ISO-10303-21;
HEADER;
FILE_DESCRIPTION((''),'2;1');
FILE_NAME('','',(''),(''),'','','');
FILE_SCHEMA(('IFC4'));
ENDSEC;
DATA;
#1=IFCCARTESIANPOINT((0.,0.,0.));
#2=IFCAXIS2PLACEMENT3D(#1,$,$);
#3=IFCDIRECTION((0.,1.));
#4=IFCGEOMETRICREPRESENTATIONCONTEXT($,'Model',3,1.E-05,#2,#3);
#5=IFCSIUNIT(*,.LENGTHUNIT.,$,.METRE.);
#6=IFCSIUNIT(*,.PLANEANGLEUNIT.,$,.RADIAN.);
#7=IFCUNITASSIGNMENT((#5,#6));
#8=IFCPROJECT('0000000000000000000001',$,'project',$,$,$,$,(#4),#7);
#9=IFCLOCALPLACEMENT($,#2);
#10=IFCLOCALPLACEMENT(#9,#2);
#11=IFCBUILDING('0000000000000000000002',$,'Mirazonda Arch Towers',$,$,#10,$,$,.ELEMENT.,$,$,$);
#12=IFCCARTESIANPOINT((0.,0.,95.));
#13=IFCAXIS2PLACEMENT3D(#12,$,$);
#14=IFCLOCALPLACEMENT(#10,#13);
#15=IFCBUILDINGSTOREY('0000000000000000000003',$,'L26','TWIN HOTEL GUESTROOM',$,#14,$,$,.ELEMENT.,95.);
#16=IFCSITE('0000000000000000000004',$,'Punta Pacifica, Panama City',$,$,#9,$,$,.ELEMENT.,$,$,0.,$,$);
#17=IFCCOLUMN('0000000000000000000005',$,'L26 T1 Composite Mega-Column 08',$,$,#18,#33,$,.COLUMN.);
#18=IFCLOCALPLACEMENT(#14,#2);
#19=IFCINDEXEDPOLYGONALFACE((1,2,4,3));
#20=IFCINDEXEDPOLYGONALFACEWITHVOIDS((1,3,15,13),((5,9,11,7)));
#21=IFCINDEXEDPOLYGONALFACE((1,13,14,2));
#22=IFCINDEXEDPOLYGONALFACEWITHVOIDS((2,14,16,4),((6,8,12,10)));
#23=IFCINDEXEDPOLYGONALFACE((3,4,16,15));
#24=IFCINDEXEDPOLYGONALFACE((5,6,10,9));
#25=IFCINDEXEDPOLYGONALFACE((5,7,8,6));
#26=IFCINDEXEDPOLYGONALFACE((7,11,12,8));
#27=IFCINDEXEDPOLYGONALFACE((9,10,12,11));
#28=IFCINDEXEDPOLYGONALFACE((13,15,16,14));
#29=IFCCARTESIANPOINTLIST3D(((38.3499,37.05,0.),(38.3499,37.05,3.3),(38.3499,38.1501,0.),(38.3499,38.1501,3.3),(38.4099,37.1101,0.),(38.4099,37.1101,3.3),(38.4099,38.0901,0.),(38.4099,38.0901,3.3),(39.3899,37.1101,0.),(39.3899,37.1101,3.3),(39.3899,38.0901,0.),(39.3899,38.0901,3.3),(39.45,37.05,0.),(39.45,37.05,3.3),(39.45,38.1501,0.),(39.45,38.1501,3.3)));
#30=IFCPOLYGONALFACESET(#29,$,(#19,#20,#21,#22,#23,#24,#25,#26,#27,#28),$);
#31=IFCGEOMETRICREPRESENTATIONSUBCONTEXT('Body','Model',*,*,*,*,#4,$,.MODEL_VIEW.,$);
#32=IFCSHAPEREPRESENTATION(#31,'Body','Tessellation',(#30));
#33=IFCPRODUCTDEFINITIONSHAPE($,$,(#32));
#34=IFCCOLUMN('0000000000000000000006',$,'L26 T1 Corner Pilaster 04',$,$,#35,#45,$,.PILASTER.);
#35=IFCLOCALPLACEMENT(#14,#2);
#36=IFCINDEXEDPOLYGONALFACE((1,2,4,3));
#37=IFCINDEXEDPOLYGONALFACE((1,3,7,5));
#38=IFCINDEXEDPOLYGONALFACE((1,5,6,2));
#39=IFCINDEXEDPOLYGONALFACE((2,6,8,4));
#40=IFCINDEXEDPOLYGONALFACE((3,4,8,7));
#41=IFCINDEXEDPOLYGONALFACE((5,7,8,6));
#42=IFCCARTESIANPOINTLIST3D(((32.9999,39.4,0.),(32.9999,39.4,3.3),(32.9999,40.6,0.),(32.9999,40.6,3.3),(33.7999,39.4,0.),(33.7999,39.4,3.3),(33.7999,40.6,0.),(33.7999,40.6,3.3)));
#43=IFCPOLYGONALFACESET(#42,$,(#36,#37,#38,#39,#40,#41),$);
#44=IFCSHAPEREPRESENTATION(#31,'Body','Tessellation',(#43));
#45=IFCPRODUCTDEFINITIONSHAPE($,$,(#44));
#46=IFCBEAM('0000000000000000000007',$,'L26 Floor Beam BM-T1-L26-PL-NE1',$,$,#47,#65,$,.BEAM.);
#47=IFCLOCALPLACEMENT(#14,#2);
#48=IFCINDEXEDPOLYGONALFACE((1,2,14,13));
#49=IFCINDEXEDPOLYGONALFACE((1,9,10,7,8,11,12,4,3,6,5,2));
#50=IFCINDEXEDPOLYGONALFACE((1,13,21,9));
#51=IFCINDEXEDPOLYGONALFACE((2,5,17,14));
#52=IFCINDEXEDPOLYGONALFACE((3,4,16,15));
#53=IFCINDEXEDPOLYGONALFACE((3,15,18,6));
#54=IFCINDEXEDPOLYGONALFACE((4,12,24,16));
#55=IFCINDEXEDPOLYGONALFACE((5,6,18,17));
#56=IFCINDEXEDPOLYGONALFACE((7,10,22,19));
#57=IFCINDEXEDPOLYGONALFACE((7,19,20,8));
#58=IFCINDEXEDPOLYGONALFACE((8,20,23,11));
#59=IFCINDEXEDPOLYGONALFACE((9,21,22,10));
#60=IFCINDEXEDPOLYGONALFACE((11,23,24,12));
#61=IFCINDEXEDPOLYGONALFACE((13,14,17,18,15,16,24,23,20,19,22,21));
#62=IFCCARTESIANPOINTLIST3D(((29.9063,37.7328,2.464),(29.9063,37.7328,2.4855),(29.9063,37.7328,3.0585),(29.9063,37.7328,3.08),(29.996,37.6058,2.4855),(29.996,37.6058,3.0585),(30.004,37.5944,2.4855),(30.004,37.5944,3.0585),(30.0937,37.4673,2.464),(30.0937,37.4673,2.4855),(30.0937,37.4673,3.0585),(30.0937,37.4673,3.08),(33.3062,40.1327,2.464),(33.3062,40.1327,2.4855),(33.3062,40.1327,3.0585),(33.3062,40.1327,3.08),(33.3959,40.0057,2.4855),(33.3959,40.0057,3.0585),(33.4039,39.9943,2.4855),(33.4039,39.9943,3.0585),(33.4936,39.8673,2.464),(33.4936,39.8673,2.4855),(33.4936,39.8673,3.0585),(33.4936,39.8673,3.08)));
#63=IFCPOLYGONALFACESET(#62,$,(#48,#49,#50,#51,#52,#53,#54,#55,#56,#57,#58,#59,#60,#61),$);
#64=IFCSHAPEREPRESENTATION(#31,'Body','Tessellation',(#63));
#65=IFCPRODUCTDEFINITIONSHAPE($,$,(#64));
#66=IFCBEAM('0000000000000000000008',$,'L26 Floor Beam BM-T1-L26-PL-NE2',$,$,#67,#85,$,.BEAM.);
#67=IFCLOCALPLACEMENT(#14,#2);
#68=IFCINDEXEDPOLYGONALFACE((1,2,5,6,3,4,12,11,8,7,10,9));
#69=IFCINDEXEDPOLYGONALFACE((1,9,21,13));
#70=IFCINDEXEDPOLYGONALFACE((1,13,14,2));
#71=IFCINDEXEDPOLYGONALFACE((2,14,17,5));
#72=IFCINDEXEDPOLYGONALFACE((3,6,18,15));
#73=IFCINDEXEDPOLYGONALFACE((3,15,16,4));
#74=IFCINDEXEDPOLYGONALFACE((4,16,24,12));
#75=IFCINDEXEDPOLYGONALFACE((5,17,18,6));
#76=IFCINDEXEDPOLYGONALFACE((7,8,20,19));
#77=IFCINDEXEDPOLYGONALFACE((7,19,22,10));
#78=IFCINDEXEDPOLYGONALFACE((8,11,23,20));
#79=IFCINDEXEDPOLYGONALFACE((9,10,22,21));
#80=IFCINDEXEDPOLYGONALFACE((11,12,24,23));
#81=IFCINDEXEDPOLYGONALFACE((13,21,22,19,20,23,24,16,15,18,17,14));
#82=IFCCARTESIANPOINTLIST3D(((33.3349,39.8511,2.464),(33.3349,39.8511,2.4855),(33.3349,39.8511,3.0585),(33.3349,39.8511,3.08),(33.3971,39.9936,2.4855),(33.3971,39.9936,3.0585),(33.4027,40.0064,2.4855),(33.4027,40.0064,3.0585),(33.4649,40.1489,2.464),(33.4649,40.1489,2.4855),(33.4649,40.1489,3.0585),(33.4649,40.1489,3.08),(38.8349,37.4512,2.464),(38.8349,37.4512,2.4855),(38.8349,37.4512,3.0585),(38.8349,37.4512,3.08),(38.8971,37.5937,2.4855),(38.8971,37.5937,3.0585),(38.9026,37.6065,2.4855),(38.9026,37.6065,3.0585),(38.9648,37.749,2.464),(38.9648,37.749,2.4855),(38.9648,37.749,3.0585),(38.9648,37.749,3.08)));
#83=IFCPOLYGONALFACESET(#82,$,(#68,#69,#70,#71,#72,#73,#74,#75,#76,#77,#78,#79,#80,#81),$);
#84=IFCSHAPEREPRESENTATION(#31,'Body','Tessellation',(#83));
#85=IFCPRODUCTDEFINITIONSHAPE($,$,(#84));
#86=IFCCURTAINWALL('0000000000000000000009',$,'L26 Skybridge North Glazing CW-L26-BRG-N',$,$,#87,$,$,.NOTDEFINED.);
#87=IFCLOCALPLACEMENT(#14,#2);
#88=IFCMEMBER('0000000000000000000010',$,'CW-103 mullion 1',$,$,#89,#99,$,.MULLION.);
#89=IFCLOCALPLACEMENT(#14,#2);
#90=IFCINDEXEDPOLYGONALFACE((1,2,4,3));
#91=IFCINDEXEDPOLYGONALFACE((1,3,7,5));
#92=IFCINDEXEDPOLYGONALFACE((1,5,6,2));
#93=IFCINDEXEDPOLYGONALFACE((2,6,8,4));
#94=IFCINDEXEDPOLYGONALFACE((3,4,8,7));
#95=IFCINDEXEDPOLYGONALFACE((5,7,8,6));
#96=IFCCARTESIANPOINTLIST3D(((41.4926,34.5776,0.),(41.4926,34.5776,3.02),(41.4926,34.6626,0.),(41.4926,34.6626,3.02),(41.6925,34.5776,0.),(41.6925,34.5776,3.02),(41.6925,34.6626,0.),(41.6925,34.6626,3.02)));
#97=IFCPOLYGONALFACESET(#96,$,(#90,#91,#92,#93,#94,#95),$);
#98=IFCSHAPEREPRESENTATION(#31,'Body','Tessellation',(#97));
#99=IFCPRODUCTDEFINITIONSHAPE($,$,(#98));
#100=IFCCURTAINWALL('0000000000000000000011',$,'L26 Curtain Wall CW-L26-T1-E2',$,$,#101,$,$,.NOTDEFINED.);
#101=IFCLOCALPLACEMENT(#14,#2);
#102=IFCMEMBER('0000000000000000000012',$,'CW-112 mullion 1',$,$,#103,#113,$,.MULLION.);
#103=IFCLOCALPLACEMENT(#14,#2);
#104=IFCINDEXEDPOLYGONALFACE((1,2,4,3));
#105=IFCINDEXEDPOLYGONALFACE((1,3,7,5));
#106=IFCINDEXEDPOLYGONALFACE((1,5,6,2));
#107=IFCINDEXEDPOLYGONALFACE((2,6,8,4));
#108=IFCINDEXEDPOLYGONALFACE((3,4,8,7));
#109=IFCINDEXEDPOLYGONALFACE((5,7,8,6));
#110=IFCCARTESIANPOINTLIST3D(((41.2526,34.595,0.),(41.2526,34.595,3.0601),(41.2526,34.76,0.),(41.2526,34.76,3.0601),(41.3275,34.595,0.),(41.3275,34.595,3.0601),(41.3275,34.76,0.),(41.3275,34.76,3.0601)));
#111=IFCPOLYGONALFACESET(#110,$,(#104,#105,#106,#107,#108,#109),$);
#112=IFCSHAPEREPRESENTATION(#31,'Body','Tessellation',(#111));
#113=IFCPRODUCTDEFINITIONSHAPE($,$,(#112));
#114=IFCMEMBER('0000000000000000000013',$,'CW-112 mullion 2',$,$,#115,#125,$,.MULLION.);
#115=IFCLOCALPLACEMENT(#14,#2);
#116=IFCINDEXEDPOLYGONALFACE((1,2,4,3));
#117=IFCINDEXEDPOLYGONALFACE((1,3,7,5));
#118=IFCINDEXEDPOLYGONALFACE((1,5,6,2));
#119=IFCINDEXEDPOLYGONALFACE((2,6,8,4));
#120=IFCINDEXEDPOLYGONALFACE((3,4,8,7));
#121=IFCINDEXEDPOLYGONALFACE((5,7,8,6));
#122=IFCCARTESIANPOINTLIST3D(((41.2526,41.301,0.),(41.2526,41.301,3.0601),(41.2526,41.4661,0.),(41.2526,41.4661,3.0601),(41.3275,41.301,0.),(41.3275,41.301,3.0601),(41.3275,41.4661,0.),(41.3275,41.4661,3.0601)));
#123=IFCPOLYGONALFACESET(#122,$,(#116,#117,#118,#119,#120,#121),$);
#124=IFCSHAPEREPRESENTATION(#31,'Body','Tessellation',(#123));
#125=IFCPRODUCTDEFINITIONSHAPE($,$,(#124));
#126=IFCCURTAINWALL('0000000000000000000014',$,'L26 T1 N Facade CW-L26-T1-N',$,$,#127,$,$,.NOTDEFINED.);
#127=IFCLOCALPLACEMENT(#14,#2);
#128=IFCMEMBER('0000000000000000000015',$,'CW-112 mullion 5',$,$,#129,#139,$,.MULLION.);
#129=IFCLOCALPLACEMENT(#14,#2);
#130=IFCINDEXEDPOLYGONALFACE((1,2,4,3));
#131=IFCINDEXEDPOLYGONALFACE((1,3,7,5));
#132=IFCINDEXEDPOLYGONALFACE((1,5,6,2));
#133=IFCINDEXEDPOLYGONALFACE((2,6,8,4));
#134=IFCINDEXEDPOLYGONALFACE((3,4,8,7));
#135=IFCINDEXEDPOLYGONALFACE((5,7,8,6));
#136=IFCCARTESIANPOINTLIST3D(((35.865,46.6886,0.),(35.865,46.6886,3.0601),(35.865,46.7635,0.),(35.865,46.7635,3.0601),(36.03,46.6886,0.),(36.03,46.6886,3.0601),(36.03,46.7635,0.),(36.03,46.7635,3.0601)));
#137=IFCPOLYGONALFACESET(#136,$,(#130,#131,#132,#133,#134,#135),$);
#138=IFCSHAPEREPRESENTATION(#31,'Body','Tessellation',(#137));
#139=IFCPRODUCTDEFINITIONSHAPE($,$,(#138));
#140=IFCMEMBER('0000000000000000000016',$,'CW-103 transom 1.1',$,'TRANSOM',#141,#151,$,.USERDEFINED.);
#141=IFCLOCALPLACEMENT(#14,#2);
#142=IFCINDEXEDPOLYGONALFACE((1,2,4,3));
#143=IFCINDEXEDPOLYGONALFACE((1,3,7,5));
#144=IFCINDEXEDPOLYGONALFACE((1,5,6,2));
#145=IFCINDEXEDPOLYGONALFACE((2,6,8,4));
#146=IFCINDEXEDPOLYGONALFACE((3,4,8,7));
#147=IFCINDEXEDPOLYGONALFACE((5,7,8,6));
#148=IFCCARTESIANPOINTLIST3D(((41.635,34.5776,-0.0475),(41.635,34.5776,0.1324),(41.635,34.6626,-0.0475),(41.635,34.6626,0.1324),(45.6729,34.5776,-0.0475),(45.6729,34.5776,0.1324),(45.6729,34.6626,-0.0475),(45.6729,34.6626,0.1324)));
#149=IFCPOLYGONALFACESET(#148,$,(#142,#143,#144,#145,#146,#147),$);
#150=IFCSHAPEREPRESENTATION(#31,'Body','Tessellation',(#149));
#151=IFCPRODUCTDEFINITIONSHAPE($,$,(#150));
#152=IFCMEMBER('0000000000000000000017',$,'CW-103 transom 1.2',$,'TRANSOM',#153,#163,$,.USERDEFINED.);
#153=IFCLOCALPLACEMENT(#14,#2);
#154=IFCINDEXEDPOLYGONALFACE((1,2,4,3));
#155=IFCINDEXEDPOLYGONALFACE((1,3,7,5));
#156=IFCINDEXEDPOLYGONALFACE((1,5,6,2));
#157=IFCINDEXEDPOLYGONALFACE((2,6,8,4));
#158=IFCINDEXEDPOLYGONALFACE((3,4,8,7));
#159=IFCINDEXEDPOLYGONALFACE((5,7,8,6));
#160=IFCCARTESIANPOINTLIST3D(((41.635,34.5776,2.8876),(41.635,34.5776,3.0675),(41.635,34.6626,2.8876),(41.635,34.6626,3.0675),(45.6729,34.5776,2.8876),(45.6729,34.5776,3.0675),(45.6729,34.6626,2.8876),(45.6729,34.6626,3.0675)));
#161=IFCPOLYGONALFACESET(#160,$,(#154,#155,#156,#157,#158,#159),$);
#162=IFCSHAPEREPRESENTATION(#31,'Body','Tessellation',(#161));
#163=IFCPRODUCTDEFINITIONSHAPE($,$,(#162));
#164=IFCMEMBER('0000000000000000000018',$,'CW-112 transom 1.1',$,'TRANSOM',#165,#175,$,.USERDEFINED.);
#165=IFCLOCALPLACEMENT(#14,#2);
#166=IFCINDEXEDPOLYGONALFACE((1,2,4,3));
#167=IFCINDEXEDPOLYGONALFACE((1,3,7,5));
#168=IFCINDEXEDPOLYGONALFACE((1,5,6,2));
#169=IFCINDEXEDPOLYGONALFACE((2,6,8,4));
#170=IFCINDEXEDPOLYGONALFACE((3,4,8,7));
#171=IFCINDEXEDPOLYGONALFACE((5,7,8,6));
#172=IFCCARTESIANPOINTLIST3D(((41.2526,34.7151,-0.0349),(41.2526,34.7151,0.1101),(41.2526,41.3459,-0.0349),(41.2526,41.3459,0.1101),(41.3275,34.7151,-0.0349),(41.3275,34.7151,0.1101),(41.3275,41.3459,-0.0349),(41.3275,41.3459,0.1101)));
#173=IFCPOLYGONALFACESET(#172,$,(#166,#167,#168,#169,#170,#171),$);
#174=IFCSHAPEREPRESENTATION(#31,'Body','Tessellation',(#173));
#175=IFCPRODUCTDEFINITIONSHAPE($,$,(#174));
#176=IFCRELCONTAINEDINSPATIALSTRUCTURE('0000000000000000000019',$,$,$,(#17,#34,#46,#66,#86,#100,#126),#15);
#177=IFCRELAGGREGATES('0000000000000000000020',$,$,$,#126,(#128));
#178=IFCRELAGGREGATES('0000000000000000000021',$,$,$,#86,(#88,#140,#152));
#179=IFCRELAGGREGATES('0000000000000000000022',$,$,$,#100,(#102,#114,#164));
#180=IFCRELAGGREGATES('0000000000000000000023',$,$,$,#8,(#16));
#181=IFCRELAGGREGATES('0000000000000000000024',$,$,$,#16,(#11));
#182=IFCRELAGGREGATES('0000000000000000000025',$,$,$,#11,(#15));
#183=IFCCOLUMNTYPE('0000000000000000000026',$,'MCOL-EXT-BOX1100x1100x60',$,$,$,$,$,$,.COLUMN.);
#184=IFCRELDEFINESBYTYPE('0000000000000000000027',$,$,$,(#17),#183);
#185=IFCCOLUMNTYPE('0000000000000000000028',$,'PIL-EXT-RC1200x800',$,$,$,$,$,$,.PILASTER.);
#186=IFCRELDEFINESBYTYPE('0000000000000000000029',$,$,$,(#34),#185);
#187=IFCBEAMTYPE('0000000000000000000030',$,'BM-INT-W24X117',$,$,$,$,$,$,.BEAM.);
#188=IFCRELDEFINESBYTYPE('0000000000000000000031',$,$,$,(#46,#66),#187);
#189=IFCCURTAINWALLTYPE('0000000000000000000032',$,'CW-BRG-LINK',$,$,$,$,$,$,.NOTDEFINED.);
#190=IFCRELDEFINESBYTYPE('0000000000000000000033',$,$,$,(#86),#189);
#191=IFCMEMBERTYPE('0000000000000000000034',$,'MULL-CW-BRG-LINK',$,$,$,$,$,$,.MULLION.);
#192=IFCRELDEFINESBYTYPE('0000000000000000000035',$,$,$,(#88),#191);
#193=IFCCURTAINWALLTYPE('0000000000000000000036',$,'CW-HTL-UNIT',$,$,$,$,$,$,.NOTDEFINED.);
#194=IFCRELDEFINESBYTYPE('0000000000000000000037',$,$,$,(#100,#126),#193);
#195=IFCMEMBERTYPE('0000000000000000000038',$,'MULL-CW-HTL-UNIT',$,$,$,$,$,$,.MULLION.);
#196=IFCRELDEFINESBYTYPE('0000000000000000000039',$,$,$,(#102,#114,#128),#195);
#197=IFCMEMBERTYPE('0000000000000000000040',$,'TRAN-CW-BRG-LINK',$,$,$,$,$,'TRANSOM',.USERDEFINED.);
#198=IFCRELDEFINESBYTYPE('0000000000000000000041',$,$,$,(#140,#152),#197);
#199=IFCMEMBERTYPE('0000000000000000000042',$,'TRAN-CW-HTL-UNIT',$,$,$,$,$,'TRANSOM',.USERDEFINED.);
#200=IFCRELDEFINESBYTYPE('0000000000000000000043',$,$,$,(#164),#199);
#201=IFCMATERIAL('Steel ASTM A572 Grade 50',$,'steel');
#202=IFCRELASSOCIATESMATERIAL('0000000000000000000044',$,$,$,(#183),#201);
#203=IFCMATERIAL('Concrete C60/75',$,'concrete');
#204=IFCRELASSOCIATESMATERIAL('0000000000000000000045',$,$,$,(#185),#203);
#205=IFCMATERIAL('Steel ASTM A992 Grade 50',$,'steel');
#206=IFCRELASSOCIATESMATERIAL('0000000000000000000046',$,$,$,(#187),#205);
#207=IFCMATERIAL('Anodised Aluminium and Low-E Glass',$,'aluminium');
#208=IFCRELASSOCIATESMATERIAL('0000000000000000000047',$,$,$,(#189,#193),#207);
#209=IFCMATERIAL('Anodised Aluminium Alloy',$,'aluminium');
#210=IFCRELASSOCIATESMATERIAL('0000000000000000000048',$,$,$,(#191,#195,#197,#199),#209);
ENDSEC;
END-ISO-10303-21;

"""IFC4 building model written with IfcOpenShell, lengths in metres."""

from ifc_helpers import new_model, si_unit, direction, frame, origin, origin_2d, place, context, subcontext, project, spatial, rectangle, hollow_rectangle, i_section, extrude, material, material_profile, profile_set, type_object, element, aggregate, save


model = new_model("IFC4")

# Units and contexts
model_context = context("Model", 3, precision=1e-05, world=origin(), true_north=direction((0.0, 1.0)))
body_context = subcontext(model_context, "Body", "Model", "MODEL_VIEW")
ifc_project = project(units=[si_unit("LENGTHUNIT", "METRE"), si_unit("PLANEANGLEUNIT", "RADIAN")], contexts=[model_context])

# Site, building, storey
site_placement = place(None, origin())
site = spatial("IfcSite", under=ifc_project, at=site_placement, Name="Punta Pacifica, Panama City", CompositionType="ELEMENT", RefElevation=0.0)
building_placement = place(site_placement, origin())
building = spatial("IfcBuilding", under=site, at=building_placement, Name="Mirazonda Arch Towers", CompositionType="ELEMENT")
storey_placement = place(building_placement, frame((0.0, 0.0, 95.0)))
storey = spatial("IfcBuildingStorey", under=building, at=storey_placement, Name="L26", Description="TWIN HOTEL GUESTROOM", CompositionType="ELEMENT", Elevation=95.0)

# Columns
ifc_material_1 = material(Name="Steel ASTM A572 Grade 50", Category="steel")
ifc_material_profile_1 = material_profile(ifc_material_1, hollow_rectangle(XDim=1.1001, YDim=1.1001, WallThickness=0.0601, at=origin_2d()), Name="BOX1100x1100x60")
ifc_profile_set_1 = profile_set([ifc_material_profile_1], Name="Steel ASTM A572 Grade 50")
column_type_1 = type_object("IfcColumnType", Name="MCOL-EXT-BOX1100x1100x60", PredefinedType="COLUMN", material=ifc_profile_set_1)
column_1_placement = place(storey_placement, frame((38.8999, 37.6001, 0.0), z_axis=(0.0, 0.0, 1.0), x_axis=(1.0, 0.0, 0.0)))
element("IfcColumn", 1, at=column_1_placement, inside=storey, type_object=column_type_1, Name="L26 T1 Composite Mega-Column 08", PredefinedType="COLUMN", context=body_context, shape_type="SweptSolid", body=[
    extrude(hollow_rectangle(XDim=1.1001, YDim=1.1001, WallThickness=0.0601, at=origin_2d()), origin(), (0.0, 0.0, 1.0), 3.3),
])
ifc_material_2 = material(Name="Concrete C60/75", Category="concrete")
ifc_material_profile_2 = material_profile(ifc_material_2, rectangle(XDim=0.8, YDim=1.2, at=origin_2d()), Name="RC1200x800")
ifc_profile_set_2 = profile_set([ifc_material_profile_2], Name="Concrete C60/75")
column_type_2 = type_object("IfcColumnType", Name="PIL-EXT-RC1200x800", PredefinedType="PILASTER", material=ifc_profile_set_2)
column_2_placement = place(storey_placement, frame((33.3999, 40.0, 0.0), z_axis=(0.0, 0.0, 1.0), x_axis=(1.0, 0.0, 0.0)))
element("IfcColumn", 2, at=column_2_placement, inside=storey, type_object=column_type_2, Name="L26 T1 Corner Pilaster 04", PredefinedType="PILASTER", context=body_context, shape_type="SweptSolid", body=[
    extrude(rectangle(XDim=0.8, YDim=1.2, at=origin_2d()), origin(), (0.0, 0.0, 1.0), 3.3),
])

# Beams
ifc_material_3 = material(Name="Steel ASTM A992 Grade 50", Category="steel")
ifc_material_profile_3 = material_profile(ifc_material_3, i_section(OverallWidth=0.325, OverallDepth=0.616, WebThickness=0.0139, FlangeThickness=0.0215, at=origin_2d()), Name="W24X117")
ifc_profile_set_3 = profile_set([ifc_material_profile_3], Name="Steel ASTM A992 Grade 50")
beam_type = type_object("IfcBeamType", Name="BM-INT-W24X117", PredefinedType="BEAM", material=ifc_profile_set_3)
beam_1_placement = place(storey_placement, frame((33.3999, 40.0, 2.772), z_axis=(-0.816971, -0.576679, 0.0), x_axis=(0.576679, -0.816971, 0.0)))
element("IfcBeam", 3, at=beam_1_placement, inside=storey, type_object=beam_type, Name="L26 Floor Beam BM-T1-L26-PL-NE1", PredefinedType="BEAM", context=body_context, shape_type="SweptSolid", body=[
    extrude(i_section(OverallWidth=0.325, OverallDepth=0.616, WebThickness=0.0139, FlangeThickness=0.0215, at=origin_2d()), origin(), (0.0, 0.0, 1.0), 4.1616),
])
beam_2_placement = place(storey_placement, frame((33.3999, 40.0, 2.772), z_axis=(0.916545, -0.399931, 0.0), x_axis=(0.399931, 0.916545, 0.0)))
element("IfcBeam", 4, at=beam_2_placement, inside=storey, type_object=beam_type, Name="L26 Floor Beam BM-T1-L26-PL-NE2", PredefinedType="BEAM", context=body_context, shape_type="SweptSolid", body=[
    extrude(i_section(OverallWidth=0.325, OverallDepth=0.616, WebThickness=0.0139, FlangeThickness=0.0215, at=origin_2d()), origin(), (0.0, 0.0, 1.0), 6.0007),
])

# Curtain wall, member
ifc_material_4 = material(Name="Anodised Aluminium and Low-E Glass", Category="aluminium")
curtain_wall_type_1 = type_object("IfcCurtainWallType", Name="CW-BRG-LINK", PredefinedType="NOTDEFINED", material=ifc_material_4)
curtain_wall_1_placement = place(storey_placement, origin())
curtain_wall_1 = element("IfcCurtainWall", 5, at=curtain_wall_1_placement, inside=storey, type_object=curtain_wall_type_1, Name="L26 Skybridge North Glazing CW-L26-BRG-N", PredefinedType="NOTDEFINED")
ifc_material_5 = material(Name="Anodised Aluminium Alloy", Category="aluminium")
ifc_material_profile_4 = material_profile(ifc_material_5, rectangle(XDim=0.085, YDim=0.2, at=origin_2d()), Name="ALU-MULL-85x200")
ifc_profile_set_4 = profile_set([ifc_material_profile_4], Name="Anodised Aluminium Alloy")
member_type_1 = type_object("IfcMemberType", Name="MULL-CW-BRG-LINK", PredefinedType="MULLION", material=ifc_profile_set_4)
member_1_placement = place(storey_placement, frame((41.5925, 34.6201, 0.0), z_axis=(0.0, 0.0, 1.0), x_axis=(0.0, 1.0, 0.0)))
member_1 = element("IfcMember", 6, at=member_1_placement, type_object=member_type_1, Name="CW-103 mullion 1", PredefinedType="MULLION", context=body_context, shape_type="SweptSolid", body=[
    extrude(rectangle(XDim=0.085, YDim=0.2, at=origin_2d()), origin(), (0.0, 0.0, 1.0), 3.02),
])

# Curtain wall, members
curtain_wall_type_2 = type_object("IfcCurtainWallType", Name="CW-HTL-UNIT", PredefinedType="NOTDEFINED", material=ifc_material_4)
curtain_wall_2_placement = place(storey_placement, origin())
curtain_wall_2 = element("IfcCurtainWall", 7, at=curtain_wall_2_placement, inside=storey, type_object=curtain_wall_type_2, Name="L26 Curtain Wall CW-L26-T1-E2", PredefinedType="NOTDEFINED")
ifc_material_profile_5 = material_profile(ifc_material_5, rectangle(XDim=0.075, YDim=0.165, at=origin_2d()), Name="ALU-MULL-75x165")
ifc_profile_set_5 = profile_set([ifc_material_profile_5], Name="Anodised Aluminium Alloy")
member_type_2 = type_object("IfcMemberType", Name="MULL-CW-HTL-UNIT", PredefinedType="MULLION", material=ifc_profile_set_5)
member_2_placement = place(storey_placement, frame((41.29, 34.6775, 0.0), z_axis=(0.0, 0.0, 1.0), x_axis=(-1.0, 0.0, 0.0)))
member_2 = element("IfcMember", 8, at=member_2_placement, type_object=member_type_2, Name="CW-112 mullion 1", PredefinedType="MULLION", context=body_context, shape_type="SweptSolid", body=[
    extrude(rectangle(XDim=0.075, YDim=0.165, at=origin_2d()), origin(), (0.0, 0.0, 1.0), 3.0601),
])
member_3_placement = place(storey_placement, frame((41.29, 41.3835, 0.0), z_axis=(0.0, 0.0, 1.0), x_axis=(-1.0, 0.0, 0.0)))
member_3 = element("IfcMember", 9, at=member_3_placement, type_object=member_type_2, Name="CW-112 mullion 2", PredefinedType="MULLION", context=body_context, shape_type="SweptSolid", body=[
    extrude(rectangle(XDim=0.075, YDim=0.165, at=origin_2d()), origin(), (0.0, 0.0, 1.0), 3.0601),
])

# Curtain wall, member
curtain_wall_3_placement = place(storey_placement, origin())
curtain_wall_3 = element("IfcCurtainWall", 10, at=curtain_wall_3_placement, inside=storey, type_object=curtain_wall_type_2, Name="L26 T1 N Facade CW-L26-T1-N", PredefinedType="NOTDEFINED")
member_4_placement = place(storey_placement, frame((35.9475, 46.7261, 0.0), z_axis=(0.0, 0.0, 1.0), x_axis=(0.0, 1.0, 0.0)))
member_4 = element("IfcMember", 11, at=member_4_placement, type_object=member_type_2, Name="CW-112 mullion 5", PredefinedType="MULLION", context=body_context, shape_type="SweptSolid", body=[
    extrude(rectangle(XDim=0.075, YDim=0.165, at=origin_2d()), origin(), (0.0, 0.0, 1.0), 3.0601),
])
aggregate(curtain_wall_3, [member_4])

# Members
ifc_material_profile_6 = material_profile(ifc_material_5, rectangle(XDim=0.085, YDim=0.1799, at=origin_2d()), Name="ALU-TRAN-85x180")
ifc_profile_set_6 = profile_set([ifc_material_profile_6], Name="Anodised Aluminium Alloy")
member_type_3 = type_object("IfcMemberType", Name="TRAN-CW-BRG-LINK", ElementType="TRANSOM", PredefinedType="USERDEFINED", material=ifc_profile_set_6)
member_5_placement = place(storey_placement, frame((41.635, 34.6201, 0.0425), z_axis=(1.0, 0.0, 0.0), x_axis=(0.0, 1.0, 0.0)))
member_5 = element("IfcMember", 12, at=member_5_placement, type_object=member_type_3, Name="CW-103 transom 1.1", ObjectType="TRANSOM", PredefinedType="USERDEFINED", context=body_context, shape_type="SweptSolid", body=[
    extrude(rectangle(XDim=0.085, YDim=0.1799, at=origin_2d()), origin(), (0.0, 0.0, 1.0), 4.0378),
])
member_6_placement = place(storey_placement, frame((41.635, 34.6201, 2.9775), z_axis=(1.0, 0.0, 0.0), x_axis=(0.0, 1.0, 0.0)))
member_6 = element("IfcMember", 13, at=member_6_placement, type_object=member_type_3, Name="CW-103 transom 1.2", ObjectType="TRANSOM", PredefinedType="USERDEFINED", context=body_context, shape_type="SweptSolid", body=[
    extrude(rectangle(XDim=0.085, YDim=0.1799, at=origin_2d()), origin(), (0.0, 0.0, 1.0), 4.0378),
])
aggregate(curtain_wall_1, [member_1, member_5, member_6])
ifc_material_profile_7 = material_profile(ifc_material_5, rectangle(XDim=0.075, YDim=0.145, at=origin_2d()), Name="ALU-TRAN-75x145")
ifc_profile_set_7 = profile_set([ifc_material_profile_7], Name="Anodised Aluminium Alloy")
member_type_4 = type_object("IfcMemberType", Name="TRAN-CW-HTL-UNIT", ElementType="TRANSOM", PredefinedType="USERDEFINED", material=ifc_profile_set_7)
member_7_placement = place(storey_placement, frame((41.29, 34.7151, 0.0376), z_axis=(0.0, 1.0, 0.0), x_axis=(-1.0, 0.0, 0.0)))
member_7 = element("IfcMember", 14, at=member_7_placement, type_object=member_type_4, Name="CW-112 transom 1.1", ObjectType="TRANSOM", PredefinedType="USERDEFINED", context=body_context, shape_type="SweptSolid", body=[
    extrude(rectangle(XDim=0.075, YDim=0.145, at=origin_2d()), origin(), (0.0, 0.0, 1.0), 6.6309),
])

aggregate(curtain_wall_2, [member_2, member_3, member_7])

save(model, "model.ifc")
